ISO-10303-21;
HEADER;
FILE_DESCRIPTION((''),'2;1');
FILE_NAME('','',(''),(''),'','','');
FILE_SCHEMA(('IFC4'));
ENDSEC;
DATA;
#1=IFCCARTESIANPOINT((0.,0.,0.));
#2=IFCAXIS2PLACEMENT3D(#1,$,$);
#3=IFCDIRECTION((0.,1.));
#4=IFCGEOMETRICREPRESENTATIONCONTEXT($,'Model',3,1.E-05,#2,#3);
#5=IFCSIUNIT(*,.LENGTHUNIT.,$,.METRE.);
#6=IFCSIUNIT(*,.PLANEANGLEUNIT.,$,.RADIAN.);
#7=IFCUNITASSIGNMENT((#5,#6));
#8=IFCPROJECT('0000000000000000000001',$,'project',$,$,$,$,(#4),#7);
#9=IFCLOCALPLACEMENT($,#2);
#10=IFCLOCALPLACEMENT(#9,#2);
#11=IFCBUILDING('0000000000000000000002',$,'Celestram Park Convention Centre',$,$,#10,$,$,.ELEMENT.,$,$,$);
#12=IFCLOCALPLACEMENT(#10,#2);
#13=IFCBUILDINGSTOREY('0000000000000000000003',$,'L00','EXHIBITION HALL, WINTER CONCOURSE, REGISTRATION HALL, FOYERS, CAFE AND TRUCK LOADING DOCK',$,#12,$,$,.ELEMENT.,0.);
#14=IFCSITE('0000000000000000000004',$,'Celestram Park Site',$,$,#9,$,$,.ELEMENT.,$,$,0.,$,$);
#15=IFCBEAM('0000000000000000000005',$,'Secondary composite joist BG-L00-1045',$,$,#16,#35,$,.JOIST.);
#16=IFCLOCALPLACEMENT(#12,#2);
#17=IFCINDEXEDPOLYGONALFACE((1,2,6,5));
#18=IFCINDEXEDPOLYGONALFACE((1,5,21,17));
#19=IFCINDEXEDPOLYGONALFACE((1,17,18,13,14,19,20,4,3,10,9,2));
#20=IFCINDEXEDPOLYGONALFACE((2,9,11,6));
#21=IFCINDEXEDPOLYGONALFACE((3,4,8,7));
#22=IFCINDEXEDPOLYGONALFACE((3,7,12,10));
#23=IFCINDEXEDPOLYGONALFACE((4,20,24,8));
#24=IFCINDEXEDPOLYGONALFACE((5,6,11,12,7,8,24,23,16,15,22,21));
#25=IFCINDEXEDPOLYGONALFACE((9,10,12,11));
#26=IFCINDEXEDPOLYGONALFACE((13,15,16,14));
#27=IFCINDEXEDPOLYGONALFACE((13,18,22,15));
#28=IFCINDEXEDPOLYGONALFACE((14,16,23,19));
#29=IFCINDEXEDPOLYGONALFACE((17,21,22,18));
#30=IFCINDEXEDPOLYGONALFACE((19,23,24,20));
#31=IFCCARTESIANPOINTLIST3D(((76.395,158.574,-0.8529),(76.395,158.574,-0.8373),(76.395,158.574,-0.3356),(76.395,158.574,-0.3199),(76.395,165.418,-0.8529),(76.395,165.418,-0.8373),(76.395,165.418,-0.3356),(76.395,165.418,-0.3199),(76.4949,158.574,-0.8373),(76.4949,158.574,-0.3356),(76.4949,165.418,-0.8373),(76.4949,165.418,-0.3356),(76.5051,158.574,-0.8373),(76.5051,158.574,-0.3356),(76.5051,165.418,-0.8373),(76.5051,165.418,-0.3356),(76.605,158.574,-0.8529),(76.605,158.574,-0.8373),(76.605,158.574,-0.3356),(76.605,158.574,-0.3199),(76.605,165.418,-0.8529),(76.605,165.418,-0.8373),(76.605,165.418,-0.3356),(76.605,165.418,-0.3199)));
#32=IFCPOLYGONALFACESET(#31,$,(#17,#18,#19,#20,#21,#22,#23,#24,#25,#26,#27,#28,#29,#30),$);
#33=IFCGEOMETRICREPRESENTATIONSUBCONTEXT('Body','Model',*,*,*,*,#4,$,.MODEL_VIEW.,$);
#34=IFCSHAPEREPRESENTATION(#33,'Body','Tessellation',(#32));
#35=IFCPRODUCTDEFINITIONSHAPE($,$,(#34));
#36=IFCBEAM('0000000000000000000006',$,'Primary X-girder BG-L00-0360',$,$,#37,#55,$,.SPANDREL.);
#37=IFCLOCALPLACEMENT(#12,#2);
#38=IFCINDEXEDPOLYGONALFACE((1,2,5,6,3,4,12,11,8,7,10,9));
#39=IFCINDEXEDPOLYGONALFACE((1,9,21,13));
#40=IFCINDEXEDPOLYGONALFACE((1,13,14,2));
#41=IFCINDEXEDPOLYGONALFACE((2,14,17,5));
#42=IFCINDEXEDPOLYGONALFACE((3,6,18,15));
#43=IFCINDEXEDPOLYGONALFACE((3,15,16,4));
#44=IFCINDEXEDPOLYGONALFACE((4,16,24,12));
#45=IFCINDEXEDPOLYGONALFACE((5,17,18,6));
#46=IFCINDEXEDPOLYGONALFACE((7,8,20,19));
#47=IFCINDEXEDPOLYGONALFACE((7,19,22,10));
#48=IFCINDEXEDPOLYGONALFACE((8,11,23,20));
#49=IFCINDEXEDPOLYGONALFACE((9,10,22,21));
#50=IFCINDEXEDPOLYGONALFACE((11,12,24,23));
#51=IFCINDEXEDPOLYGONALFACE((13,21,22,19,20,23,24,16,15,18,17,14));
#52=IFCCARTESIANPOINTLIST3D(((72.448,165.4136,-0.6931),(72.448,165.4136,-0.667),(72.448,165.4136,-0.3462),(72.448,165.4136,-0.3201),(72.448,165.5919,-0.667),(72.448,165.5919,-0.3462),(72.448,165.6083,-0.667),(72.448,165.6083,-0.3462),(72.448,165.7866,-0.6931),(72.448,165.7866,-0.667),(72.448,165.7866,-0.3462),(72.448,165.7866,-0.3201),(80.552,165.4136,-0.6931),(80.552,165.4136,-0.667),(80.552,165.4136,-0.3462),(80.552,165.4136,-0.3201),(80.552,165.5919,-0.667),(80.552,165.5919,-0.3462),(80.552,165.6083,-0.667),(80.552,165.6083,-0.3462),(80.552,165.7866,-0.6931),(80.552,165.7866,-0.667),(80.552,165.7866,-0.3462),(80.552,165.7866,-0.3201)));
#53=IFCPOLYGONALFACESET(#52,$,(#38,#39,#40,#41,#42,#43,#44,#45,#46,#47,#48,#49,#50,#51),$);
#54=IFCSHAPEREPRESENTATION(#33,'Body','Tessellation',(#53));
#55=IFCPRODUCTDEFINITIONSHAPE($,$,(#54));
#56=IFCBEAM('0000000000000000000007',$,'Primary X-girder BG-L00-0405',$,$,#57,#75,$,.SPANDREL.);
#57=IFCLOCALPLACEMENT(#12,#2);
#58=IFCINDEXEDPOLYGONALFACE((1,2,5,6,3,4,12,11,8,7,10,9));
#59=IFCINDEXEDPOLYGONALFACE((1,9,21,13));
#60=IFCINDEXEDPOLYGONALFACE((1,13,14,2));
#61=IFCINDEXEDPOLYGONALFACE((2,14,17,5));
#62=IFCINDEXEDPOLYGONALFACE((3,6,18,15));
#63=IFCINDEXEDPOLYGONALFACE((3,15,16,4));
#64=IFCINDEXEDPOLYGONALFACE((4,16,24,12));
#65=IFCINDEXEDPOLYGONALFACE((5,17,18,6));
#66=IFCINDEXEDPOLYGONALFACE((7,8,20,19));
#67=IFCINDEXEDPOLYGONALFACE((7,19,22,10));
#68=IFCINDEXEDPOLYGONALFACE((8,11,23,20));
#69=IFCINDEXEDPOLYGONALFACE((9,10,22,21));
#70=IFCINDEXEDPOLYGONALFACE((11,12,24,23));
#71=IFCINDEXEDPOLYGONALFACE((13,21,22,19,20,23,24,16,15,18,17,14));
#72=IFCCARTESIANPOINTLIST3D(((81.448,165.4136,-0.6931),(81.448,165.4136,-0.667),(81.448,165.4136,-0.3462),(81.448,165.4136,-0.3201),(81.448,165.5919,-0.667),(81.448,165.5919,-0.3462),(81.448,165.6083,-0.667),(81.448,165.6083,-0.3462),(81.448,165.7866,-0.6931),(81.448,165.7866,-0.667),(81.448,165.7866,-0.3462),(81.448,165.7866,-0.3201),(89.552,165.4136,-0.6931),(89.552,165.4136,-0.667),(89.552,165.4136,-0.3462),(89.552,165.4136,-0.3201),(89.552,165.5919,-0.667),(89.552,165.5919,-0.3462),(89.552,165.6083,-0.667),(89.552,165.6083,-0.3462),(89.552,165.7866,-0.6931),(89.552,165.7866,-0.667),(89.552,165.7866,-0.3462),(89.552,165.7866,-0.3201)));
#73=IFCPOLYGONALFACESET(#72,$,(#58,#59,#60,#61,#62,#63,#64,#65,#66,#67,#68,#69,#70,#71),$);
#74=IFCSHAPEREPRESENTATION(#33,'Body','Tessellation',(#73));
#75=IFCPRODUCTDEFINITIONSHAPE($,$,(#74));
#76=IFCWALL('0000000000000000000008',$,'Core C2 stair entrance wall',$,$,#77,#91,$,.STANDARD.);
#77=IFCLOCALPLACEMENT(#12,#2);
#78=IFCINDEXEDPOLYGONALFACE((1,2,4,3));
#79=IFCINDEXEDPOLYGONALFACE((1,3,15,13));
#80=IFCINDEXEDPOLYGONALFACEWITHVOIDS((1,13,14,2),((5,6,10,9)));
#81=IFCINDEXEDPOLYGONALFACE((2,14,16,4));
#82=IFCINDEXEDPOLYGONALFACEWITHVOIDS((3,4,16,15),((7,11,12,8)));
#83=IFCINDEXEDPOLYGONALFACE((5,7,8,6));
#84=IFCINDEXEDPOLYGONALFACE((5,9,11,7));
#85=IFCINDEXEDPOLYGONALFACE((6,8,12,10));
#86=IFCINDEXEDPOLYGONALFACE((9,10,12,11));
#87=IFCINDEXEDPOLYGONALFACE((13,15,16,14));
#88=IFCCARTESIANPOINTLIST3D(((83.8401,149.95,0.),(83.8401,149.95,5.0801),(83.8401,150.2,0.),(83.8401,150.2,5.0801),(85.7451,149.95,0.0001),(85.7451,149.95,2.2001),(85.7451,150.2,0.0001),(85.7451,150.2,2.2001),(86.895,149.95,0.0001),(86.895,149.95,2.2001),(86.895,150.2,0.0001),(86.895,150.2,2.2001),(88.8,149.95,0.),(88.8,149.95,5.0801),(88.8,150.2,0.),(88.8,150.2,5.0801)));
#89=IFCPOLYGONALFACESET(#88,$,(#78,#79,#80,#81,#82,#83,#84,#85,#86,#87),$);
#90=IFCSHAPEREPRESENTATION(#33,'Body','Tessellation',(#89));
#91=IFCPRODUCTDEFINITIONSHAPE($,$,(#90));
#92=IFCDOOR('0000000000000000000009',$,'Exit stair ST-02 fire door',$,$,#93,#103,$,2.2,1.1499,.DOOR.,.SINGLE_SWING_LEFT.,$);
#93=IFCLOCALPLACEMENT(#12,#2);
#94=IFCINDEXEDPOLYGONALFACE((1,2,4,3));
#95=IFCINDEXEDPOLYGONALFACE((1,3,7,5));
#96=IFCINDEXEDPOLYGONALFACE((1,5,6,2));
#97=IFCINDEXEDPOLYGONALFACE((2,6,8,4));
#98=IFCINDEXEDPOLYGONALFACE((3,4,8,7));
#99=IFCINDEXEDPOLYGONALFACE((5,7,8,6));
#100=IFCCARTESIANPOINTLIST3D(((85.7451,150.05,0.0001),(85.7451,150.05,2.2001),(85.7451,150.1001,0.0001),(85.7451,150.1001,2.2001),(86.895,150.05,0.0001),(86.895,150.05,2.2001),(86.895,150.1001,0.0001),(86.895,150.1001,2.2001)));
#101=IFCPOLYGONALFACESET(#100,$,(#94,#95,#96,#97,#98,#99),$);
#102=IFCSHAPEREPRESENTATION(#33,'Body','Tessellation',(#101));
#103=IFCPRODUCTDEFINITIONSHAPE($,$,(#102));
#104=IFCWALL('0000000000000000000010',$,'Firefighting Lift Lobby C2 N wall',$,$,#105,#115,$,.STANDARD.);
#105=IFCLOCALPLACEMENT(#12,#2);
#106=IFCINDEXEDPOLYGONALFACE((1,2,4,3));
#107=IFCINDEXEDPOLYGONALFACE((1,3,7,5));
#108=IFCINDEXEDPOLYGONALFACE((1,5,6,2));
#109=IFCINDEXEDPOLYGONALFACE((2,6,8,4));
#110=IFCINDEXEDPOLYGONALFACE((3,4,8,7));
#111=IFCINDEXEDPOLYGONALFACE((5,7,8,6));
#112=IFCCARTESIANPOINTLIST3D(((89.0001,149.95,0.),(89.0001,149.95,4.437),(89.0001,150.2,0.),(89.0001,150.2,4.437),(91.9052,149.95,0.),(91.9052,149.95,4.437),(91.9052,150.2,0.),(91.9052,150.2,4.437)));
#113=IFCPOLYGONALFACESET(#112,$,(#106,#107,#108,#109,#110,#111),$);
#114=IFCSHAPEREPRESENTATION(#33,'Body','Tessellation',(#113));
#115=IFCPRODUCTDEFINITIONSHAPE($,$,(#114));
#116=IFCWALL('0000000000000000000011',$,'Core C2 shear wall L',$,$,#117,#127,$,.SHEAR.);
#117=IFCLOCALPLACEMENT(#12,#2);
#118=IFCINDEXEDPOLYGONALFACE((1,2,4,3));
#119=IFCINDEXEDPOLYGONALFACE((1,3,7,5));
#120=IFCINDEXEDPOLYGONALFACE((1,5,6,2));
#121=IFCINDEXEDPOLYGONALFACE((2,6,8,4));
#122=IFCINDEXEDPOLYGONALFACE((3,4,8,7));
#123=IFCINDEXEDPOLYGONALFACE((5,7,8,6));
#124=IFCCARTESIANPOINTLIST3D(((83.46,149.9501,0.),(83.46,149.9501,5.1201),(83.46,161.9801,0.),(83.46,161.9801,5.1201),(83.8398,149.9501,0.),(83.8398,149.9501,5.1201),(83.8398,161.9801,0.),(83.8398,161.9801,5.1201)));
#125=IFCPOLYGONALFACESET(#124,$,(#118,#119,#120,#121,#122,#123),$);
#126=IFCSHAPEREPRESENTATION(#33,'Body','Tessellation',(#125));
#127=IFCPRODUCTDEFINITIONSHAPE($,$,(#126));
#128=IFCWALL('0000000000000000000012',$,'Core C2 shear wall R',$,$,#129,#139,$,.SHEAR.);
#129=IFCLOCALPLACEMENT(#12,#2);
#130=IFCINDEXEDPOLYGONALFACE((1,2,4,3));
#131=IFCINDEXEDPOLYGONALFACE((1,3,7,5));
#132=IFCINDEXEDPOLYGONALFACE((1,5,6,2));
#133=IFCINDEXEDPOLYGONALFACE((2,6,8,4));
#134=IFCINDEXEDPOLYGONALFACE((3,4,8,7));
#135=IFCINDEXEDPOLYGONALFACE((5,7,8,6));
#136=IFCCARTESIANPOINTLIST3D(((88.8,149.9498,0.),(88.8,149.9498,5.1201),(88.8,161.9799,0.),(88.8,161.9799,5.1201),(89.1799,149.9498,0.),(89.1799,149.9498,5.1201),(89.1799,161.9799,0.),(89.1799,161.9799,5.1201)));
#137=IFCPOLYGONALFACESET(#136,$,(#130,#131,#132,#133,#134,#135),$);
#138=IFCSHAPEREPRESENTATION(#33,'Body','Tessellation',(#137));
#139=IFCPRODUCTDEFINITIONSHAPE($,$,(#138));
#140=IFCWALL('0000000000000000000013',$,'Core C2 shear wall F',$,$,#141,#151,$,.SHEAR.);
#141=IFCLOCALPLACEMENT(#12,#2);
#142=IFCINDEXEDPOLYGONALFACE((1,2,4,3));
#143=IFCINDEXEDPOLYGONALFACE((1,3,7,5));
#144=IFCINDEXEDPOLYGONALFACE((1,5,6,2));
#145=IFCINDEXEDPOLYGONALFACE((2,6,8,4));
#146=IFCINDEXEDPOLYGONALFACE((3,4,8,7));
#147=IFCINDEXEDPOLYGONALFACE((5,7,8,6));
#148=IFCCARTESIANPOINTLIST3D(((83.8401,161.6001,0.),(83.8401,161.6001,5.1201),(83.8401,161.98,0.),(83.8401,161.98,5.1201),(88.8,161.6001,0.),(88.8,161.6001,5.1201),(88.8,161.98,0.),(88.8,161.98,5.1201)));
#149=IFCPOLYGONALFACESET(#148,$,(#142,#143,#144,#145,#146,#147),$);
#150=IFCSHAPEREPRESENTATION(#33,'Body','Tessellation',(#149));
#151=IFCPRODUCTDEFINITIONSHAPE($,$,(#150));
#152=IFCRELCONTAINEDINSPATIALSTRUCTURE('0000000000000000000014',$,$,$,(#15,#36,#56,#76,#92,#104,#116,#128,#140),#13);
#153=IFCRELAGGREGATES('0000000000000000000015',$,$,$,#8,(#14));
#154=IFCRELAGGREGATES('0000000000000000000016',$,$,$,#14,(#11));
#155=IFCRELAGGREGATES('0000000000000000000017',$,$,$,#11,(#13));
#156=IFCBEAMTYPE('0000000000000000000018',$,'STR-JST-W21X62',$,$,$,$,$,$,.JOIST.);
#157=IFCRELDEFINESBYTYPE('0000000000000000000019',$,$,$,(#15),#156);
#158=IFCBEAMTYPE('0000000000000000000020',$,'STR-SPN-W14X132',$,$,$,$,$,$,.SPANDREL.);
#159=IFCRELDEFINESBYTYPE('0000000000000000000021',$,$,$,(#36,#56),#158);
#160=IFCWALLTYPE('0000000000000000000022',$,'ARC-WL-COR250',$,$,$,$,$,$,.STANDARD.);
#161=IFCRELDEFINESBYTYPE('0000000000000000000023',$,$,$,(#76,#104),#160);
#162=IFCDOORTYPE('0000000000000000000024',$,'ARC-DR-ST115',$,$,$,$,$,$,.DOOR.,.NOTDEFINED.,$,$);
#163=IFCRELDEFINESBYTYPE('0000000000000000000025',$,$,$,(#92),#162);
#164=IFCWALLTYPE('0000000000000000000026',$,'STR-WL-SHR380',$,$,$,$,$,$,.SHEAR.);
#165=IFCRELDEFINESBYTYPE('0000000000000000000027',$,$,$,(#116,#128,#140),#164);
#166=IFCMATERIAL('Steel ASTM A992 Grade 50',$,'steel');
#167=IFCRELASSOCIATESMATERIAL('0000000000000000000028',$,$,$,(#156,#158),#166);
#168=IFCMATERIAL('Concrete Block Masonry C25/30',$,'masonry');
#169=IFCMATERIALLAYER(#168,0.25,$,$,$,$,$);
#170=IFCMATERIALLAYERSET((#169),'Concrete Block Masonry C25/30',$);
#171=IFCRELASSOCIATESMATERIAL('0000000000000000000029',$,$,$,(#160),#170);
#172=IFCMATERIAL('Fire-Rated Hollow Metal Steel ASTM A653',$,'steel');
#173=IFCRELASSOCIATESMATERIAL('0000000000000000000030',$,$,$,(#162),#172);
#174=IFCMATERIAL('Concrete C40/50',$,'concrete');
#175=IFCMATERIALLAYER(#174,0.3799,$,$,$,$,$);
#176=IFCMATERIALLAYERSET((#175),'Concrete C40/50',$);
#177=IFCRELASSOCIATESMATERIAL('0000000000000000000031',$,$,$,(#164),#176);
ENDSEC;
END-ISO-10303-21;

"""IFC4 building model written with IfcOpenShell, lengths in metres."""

from ifc_helpers import new_model, si_unit, direction, frame, frame_2d, origin, origin_2d, place, context, subcontext, project, spatial, rectangle, i_section, extrude, material, layer, layer_set, material_profile, profile_set, type_object, element, fill, save


model = new_model("IFC4")

# Units and contexts
model_context = context("Model", 3, precision=1e-05, world=origin(), true_north=direction((0.0, 1.0)))
body_context = subcontext(model_context, "Body", "Model", "MODEL_VIEW")
ifc_project = project(units=[si_unit("LENGTHUNIT", "METRE"), si_unit("PLANEANGLEUNIT", "RADIAN")], contexts=[model_context])

# Site, building, storey
site_placement = place(None, origin())
site = spatial("IfcSite", under=ifc_project, at=site_placement, Name="Celestram Park Site", CompositionType="ELEMENT", RefElevation=0.0)
building_placement = place(site_placement, origin())
building = spatial("IfcBuilding", under=site, at=building_placement, Name="Celestram Park Convention Centre", CompositionType="ELEMENT")
storey_placement = place(building_placement, origin())
storey = spatial("IfcBuildingStorey", under=building, at=storey_placement, Name="L00", Description="EXHIBITION HALL, WINTER CONCOURSE, REGISTRATION HALL, FOYERS, CAFE AND TRUCK LOADING DOCK", CompositionType="ELEMENT", Elevation=0.0)

# Shared definitions
ifc_material_1 = material(Name="Concrete C40/50", Category="concrete")

# Beams
ifc_material_2 = material(Name="Steel ASTM A992 Grade 50", Category="steel")
ifc_material_profile_1 = material_profile(ifc_material_2, i_section(OverallWidth=0.21, OverallDepth=0.533, WebThickness=0.0103, FlangeThickness=0.0156, at=origin_2d()), Name="W21X62")
ifc_profile_set_1 = profile_set([ifc_material_profile_1], Name="Steel ASTM A992 Grade 50")
beam_type_1 = type_object("IfcBeamType", Name="STR-JST-W21X62", PredefinedType="JOIST", material=ifc_profile_set_1)
beam_1_placement = place(storey_placement, frame((76.5, 158.574, -0.5864), z_axis=(0.0, 1.0, 0.0), x_axis=(-1.0, 0.0, 0.0)))
element("IfcBeam", 1, at=beam_1_placement, inside=storey, type_object=beam_type_1, Name="Secondary composite joist BG-L00-1045", PredefinedType="JOIST", context=body_context, shape_type="SweptSolid", body=[
    extrude(i_section(OverallWidth=0.21, OverallDepth=0.533, WebThickness=0.0103, FlangeThickness=0.0156, at=origin_2d()), origin(), (0.0, 0.0, 1.0), 6.844),
])
ifc_material_profile_2 = material_profile(ifc_material_2, i_section(OverallWidth=0.373, OverallDepth=0.373, WebThickness=0.0164, FlangeThickness=0.0261, at=origin_2d()), Name="W14X132")
ifc_profile_set_2 = profile_set([ifc_material_profile_2], Name="Steel ASTM A992 Grade 50")
beam_type_2 = type_object("IfcBeamType", Name="STR-SPN-W14X132", PredefinedType="SPANDREL", material=ifc_profile_set_2)
for number, where, z_axis, x_axis, name in (
    (2, (72.448, 165.6001, -0.5066), (1.0, 0.0, 0.0), (0.0, 1.0, 0.0), "Primary X-girder BG-L00-0360"),
    (3, (81.448, 165.6001, -0.5066), (1.0, 0.0, 0.0), (0.0, 1.0, 0.0), "Primary X-girder BG-L00-0405"),
):
    element("IfcBeam", number, at=place(storey_placement, frame(where, z_axis=z_axis, x_axis=x_axis)), inside=storey, type_object=beam_type_2, Name=name, PredefinedType="SPANDREL", context=body_context, shape_type="SweptSolid", body=[
        extrude(i_section(OverallWidth=0.373, OverallDepth=0.373, WebThickness=0.0164, FlangeThickness=0.0261, at=origin_2d()), origin(), (0.0, 0.0, 1.0), 8.104),
    ])

# Wall, opening, door
ifc_material_3 = material(Name="Concrete Block Masonry C25/30", Category="masonry")
ifc_layer_1 = layer(ifc_material_3, 0.25)
ifc_layer_set_1 = layer_set([ifc_layer_1], Name="Concrete Block Masonry C25/30")
wall_type_1 = type_object("IfcWallType", Name="ARC-WL-COR250", PredefinedType="STANDARD", material=ifc_layer_set_1)
wall_1_placement = place(storey_placement, frame((88.8, 150.075, 0.0), z_axis=(0.0, 0.0, 1.0), x_axis=(-1.0, 0.0, 0.0)))
wall_1 = element("IfcWall", 4, at=wall_1_placement, inside=storey, type_object=wall_type_1, Name="Core C2 stair entrance wall", PredefinedType="STANDARD", context=body_context, shape_type="SweptSolid", body=[
    extrude(rectangle(XDim=4.96, YDim=0.25, at=frame_2d((2.48, 0.0))), origin(), (0.0, 0.0, 1.0), 5.0801),
])
opening_1_placement = place(wall_1_placement, frame((1.905, 0.0, 0.0)))
opening_1 = element("IfcOpeningElement", 5, at=opening_1_placement, cuts=wall_1, PredefinedType="OPENING", context=body_context, shape_type="SweptSolid", body=[
    extrude(rectangle(XDim=1.1499, YDim=2.2, at=frame_2d((0.575, 1.1001))), frame((0.0, 0.135, 0.0), z_axis=(0.0, -1.0, 0.0), x_axis=(1.0, 0.0, 0.0)), (0.0, 0.0, 1.0), 0.27),
])
ifc_material_4 = material(Name="Fire-Rated Hollow Metal Steel ASTM A653", Category="steel")
door_type_1 = type_object("IfcDoorType", Name="ARC-DR-ST115", OperationType="NOTDEFINED", PredefinedType="DOOR", material=ifc_material_4)
door_1_placement = place(opening_1_placement, origin())
door_1 = element("IfcDoor", 6, at=door_1_placement, inside=storey, type_object=door_type_1, Name="Exit stair ST-02 fire door", OperationType="SINGLE_SWING_LEFT", OverallHeight=2.2, OverallWidth=1.1499, PredefinedType="DOOR", context=body_context, shape_type="SweptSolid", body=[
    extrude(rectangle(XDim=1.1499, YDim=2.2, at=frame_2d((0.575, 1.1001))), frame((0.0, 0.0249, 0.0), z_axis=(0.0, -1.0, 0.0), x_axis=(1.0, 0.0, 0.0)), (0.0, 0.0, 1.0), 0.05),
])
fill(opening_1, door_1)

# Wall
wall_2_placement = place(storey_placement, frame((89.0, 150.075, 0.0), z_axis=(0.0, 0.0, 1.0), x_axis=(1.0, 0.0, 0.0)))
element("IfcWall", 7, at=wall_2_placement, inside=storey, type_object=wall_type_1, Name="Firefighting Lift Lobby C2 N wall", PredefinedType="STANDARD", context=body_context, shape_type="SweptSolid", body=[
    extrude(rectangle(XDim=2.905, YDim=0.25, at=frame_2d((1.4526, 0.0))), origin(), (0.0, 0.0, 1.0), 4.437),
])

# Walls
ifc_layer_2 = layer(ifc_material_1, 0.3799)
ifc_layer_set_2 = layer_set([ifc_layer_2], Name="Concrete C40/50")
wall_type_2 = type_object("IfcWallType", Name="STR-WL-SHR380", PredefinedType="SHEAR", material=ifc_layer_set_2)
for number, where, z_axis, x_axis, name in (
    (8, (83.6499, 149.95, 0.0), (0.0, 0.0, 1.0), (0.0, 1.0, 0.0), "Core C2 shear wall L"),
    (9, (88.99, 161.98, 0.0), (0.0, 0.0, 1.0), (0.0, -1.0, 0.0), "Core C2 shear wall R"),
):
    element("IfcWall", number, at=place(storey_placement, frame(where, z_axis=z_axis, x_axis=x_axis)), inside=storey, type_object=wall_type_2, Name=name, PredefinedType="SHEAR", context=body_context, shape_type="SweptSolid", body=[
        extrude(rectangle(XDim=12.03, YDim=0.3799, at=frame_2d((6.0151, 0.0))), origin(), (0.0, 0.0, 1.0), 5.1201),
    ])
wall_3_placement = place(storey_placement, frame((83.8401, 161.79, 0.0), z_axis=(0.0, 0.0, 1.0), x_axis=(1.0, 0.0, 0.0)))
element("IfcWall", 10, at=wall_3_placement, inside=storey, type_object=wall_type_2, Name="Core C2 shear wall F", PredefinedType="SHEAR", context=body_context, shape_type="SweptSolid", body=[
    extrude(rectangle(XDim=4.96, YDim=0.3799, at=frame_2d((2.48, 0.0))), origin(), (0.0, 0.0, 1.0), 5.1201),
])

save(model, "model.ifc")
